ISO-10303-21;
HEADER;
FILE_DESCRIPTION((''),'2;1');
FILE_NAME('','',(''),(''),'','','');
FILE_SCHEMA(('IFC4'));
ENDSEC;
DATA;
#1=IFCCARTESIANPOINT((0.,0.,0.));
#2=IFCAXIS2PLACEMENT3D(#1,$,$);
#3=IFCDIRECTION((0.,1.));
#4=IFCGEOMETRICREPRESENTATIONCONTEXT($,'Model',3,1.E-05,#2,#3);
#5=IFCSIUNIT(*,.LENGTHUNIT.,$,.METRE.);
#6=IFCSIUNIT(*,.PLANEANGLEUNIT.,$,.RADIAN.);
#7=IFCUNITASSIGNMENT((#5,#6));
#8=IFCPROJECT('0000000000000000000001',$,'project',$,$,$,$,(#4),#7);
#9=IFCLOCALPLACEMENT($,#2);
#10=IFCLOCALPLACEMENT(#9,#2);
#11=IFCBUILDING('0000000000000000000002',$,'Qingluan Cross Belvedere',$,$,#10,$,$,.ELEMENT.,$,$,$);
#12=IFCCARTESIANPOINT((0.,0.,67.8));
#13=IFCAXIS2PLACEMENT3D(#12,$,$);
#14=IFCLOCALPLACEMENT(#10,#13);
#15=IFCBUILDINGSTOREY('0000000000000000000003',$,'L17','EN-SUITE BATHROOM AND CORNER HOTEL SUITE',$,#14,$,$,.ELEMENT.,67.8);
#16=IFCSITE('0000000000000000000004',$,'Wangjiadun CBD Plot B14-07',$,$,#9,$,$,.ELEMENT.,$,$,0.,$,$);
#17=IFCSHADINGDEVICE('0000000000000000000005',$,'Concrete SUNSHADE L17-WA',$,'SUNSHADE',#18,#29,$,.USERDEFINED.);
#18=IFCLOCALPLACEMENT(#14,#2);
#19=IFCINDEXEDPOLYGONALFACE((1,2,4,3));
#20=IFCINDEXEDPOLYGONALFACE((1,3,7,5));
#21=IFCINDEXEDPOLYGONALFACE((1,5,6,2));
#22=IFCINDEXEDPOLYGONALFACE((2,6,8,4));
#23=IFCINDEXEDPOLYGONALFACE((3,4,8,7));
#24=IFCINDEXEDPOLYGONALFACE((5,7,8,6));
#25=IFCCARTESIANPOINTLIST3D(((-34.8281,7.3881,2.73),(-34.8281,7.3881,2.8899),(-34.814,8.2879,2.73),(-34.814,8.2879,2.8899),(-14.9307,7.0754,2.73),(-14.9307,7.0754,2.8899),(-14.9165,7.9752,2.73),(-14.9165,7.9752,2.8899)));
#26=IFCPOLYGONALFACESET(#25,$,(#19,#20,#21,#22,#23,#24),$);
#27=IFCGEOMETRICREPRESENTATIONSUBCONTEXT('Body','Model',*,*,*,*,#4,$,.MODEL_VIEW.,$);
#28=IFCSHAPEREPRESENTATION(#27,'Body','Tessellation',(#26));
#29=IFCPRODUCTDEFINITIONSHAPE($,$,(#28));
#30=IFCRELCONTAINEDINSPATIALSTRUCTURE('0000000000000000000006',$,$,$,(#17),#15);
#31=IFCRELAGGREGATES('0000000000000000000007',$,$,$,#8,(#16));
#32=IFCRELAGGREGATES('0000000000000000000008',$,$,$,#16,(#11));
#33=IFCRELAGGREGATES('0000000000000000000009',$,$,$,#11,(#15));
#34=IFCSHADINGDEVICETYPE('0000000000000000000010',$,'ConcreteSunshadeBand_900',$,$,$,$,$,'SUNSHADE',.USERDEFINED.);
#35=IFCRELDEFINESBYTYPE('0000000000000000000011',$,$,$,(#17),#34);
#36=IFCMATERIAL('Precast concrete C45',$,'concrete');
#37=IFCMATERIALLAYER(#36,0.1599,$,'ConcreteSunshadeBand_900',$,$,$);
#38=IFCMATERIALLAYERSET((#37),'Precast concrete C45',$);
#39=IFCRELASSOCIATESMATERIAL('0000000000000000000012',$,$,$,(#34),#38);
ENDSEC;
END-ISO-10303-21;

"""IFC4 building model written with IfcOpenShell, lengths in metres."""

from ifc_helpers import new_model, si_unit, direction, frame, origin, origin_2d, place, context, subcontext, project, spatial, rectangle, extrude, material, layer, layer_set, type_object, element, save


model = new_model("IFC4")

# Units and contexts
model_context = context("Model", 3, precision=1e-05, world=origin(), true_north=direction((0.0, 1.0)))
body_context = subcontext(model_context, "Body", "Model", "MODEL_VIEW")
ifc_project = project(units=[si_unit("LENGTHUNIT", "METRE"), si_unit("PLANEANGLEUNIT", "RADIAN")], contexts=[model_context])

# Site, building, storey
site_placement = place(None, origin())
site = spatial("IfcSite", under=ifc_project, at=site_placement, Name="Wangjiadun CBD Plot B14-07", CompositionType="ELEMENT", RefElevation=0.0)
building_placement = place(site_placement, origin())
building = spatial("IfcBuilding", under=site, at=building_placement, Name="Qingluan Cross Belvedere", CompositionType="ELEMENT")
storey_placement = place(building_placement, frame((0.0, 0.0, 67.8)))
storey = spatial("IfcBuildingStorey", under=building, at=storey_placement, Name="L17", Description="EN-SUITE BATHROOM AND CORNER HOTEL SUITE", CompositionType="ELEMENT", Elevation=67.8)

# Shading device
ifc_material_1 = material(Name="Precast concrete C45", Category="concrete")
ifc_layer_1 = layer(ifc_material_1, 0.1599, Name="ConcreteSunshadeBand_900")
ifc_layer_set_1 = layer_set([ifc_layer_1], Name="Precast concrete C45")
shading_device_type = type_object("IfcShadingDeviceType", Name="ConcreteSunshadeBand_900", ElementType="SUNSHADE", PredefinedType="USERDEFINED", material=ifc_layer_set_1)
shading_device_placement = place(storey_placement, frame((-24.8723, 7.6816, 2.73), z_axis=(0.0, 0.0, 1.0), x_axis=(-0.999877, 0.015711, 0.0)))
element("IfcShadingDevice", 1, at=shading_device_placement, inside=storey, type_object=shading_device_type, Name="Concrete SUNSHADE L17-WA", ObjectType="SUNSHADE", PredefinedType="USERDEFINED", context=body_context, shape_type="SweptSolid", body=[
    extrude(rectangle(XDim=19.8999, YDim=0.8999, at=origin_2d()), origin(), (0.0, 0.0, 1.0), 0.1599),
])

save(model, "model.ifc")
